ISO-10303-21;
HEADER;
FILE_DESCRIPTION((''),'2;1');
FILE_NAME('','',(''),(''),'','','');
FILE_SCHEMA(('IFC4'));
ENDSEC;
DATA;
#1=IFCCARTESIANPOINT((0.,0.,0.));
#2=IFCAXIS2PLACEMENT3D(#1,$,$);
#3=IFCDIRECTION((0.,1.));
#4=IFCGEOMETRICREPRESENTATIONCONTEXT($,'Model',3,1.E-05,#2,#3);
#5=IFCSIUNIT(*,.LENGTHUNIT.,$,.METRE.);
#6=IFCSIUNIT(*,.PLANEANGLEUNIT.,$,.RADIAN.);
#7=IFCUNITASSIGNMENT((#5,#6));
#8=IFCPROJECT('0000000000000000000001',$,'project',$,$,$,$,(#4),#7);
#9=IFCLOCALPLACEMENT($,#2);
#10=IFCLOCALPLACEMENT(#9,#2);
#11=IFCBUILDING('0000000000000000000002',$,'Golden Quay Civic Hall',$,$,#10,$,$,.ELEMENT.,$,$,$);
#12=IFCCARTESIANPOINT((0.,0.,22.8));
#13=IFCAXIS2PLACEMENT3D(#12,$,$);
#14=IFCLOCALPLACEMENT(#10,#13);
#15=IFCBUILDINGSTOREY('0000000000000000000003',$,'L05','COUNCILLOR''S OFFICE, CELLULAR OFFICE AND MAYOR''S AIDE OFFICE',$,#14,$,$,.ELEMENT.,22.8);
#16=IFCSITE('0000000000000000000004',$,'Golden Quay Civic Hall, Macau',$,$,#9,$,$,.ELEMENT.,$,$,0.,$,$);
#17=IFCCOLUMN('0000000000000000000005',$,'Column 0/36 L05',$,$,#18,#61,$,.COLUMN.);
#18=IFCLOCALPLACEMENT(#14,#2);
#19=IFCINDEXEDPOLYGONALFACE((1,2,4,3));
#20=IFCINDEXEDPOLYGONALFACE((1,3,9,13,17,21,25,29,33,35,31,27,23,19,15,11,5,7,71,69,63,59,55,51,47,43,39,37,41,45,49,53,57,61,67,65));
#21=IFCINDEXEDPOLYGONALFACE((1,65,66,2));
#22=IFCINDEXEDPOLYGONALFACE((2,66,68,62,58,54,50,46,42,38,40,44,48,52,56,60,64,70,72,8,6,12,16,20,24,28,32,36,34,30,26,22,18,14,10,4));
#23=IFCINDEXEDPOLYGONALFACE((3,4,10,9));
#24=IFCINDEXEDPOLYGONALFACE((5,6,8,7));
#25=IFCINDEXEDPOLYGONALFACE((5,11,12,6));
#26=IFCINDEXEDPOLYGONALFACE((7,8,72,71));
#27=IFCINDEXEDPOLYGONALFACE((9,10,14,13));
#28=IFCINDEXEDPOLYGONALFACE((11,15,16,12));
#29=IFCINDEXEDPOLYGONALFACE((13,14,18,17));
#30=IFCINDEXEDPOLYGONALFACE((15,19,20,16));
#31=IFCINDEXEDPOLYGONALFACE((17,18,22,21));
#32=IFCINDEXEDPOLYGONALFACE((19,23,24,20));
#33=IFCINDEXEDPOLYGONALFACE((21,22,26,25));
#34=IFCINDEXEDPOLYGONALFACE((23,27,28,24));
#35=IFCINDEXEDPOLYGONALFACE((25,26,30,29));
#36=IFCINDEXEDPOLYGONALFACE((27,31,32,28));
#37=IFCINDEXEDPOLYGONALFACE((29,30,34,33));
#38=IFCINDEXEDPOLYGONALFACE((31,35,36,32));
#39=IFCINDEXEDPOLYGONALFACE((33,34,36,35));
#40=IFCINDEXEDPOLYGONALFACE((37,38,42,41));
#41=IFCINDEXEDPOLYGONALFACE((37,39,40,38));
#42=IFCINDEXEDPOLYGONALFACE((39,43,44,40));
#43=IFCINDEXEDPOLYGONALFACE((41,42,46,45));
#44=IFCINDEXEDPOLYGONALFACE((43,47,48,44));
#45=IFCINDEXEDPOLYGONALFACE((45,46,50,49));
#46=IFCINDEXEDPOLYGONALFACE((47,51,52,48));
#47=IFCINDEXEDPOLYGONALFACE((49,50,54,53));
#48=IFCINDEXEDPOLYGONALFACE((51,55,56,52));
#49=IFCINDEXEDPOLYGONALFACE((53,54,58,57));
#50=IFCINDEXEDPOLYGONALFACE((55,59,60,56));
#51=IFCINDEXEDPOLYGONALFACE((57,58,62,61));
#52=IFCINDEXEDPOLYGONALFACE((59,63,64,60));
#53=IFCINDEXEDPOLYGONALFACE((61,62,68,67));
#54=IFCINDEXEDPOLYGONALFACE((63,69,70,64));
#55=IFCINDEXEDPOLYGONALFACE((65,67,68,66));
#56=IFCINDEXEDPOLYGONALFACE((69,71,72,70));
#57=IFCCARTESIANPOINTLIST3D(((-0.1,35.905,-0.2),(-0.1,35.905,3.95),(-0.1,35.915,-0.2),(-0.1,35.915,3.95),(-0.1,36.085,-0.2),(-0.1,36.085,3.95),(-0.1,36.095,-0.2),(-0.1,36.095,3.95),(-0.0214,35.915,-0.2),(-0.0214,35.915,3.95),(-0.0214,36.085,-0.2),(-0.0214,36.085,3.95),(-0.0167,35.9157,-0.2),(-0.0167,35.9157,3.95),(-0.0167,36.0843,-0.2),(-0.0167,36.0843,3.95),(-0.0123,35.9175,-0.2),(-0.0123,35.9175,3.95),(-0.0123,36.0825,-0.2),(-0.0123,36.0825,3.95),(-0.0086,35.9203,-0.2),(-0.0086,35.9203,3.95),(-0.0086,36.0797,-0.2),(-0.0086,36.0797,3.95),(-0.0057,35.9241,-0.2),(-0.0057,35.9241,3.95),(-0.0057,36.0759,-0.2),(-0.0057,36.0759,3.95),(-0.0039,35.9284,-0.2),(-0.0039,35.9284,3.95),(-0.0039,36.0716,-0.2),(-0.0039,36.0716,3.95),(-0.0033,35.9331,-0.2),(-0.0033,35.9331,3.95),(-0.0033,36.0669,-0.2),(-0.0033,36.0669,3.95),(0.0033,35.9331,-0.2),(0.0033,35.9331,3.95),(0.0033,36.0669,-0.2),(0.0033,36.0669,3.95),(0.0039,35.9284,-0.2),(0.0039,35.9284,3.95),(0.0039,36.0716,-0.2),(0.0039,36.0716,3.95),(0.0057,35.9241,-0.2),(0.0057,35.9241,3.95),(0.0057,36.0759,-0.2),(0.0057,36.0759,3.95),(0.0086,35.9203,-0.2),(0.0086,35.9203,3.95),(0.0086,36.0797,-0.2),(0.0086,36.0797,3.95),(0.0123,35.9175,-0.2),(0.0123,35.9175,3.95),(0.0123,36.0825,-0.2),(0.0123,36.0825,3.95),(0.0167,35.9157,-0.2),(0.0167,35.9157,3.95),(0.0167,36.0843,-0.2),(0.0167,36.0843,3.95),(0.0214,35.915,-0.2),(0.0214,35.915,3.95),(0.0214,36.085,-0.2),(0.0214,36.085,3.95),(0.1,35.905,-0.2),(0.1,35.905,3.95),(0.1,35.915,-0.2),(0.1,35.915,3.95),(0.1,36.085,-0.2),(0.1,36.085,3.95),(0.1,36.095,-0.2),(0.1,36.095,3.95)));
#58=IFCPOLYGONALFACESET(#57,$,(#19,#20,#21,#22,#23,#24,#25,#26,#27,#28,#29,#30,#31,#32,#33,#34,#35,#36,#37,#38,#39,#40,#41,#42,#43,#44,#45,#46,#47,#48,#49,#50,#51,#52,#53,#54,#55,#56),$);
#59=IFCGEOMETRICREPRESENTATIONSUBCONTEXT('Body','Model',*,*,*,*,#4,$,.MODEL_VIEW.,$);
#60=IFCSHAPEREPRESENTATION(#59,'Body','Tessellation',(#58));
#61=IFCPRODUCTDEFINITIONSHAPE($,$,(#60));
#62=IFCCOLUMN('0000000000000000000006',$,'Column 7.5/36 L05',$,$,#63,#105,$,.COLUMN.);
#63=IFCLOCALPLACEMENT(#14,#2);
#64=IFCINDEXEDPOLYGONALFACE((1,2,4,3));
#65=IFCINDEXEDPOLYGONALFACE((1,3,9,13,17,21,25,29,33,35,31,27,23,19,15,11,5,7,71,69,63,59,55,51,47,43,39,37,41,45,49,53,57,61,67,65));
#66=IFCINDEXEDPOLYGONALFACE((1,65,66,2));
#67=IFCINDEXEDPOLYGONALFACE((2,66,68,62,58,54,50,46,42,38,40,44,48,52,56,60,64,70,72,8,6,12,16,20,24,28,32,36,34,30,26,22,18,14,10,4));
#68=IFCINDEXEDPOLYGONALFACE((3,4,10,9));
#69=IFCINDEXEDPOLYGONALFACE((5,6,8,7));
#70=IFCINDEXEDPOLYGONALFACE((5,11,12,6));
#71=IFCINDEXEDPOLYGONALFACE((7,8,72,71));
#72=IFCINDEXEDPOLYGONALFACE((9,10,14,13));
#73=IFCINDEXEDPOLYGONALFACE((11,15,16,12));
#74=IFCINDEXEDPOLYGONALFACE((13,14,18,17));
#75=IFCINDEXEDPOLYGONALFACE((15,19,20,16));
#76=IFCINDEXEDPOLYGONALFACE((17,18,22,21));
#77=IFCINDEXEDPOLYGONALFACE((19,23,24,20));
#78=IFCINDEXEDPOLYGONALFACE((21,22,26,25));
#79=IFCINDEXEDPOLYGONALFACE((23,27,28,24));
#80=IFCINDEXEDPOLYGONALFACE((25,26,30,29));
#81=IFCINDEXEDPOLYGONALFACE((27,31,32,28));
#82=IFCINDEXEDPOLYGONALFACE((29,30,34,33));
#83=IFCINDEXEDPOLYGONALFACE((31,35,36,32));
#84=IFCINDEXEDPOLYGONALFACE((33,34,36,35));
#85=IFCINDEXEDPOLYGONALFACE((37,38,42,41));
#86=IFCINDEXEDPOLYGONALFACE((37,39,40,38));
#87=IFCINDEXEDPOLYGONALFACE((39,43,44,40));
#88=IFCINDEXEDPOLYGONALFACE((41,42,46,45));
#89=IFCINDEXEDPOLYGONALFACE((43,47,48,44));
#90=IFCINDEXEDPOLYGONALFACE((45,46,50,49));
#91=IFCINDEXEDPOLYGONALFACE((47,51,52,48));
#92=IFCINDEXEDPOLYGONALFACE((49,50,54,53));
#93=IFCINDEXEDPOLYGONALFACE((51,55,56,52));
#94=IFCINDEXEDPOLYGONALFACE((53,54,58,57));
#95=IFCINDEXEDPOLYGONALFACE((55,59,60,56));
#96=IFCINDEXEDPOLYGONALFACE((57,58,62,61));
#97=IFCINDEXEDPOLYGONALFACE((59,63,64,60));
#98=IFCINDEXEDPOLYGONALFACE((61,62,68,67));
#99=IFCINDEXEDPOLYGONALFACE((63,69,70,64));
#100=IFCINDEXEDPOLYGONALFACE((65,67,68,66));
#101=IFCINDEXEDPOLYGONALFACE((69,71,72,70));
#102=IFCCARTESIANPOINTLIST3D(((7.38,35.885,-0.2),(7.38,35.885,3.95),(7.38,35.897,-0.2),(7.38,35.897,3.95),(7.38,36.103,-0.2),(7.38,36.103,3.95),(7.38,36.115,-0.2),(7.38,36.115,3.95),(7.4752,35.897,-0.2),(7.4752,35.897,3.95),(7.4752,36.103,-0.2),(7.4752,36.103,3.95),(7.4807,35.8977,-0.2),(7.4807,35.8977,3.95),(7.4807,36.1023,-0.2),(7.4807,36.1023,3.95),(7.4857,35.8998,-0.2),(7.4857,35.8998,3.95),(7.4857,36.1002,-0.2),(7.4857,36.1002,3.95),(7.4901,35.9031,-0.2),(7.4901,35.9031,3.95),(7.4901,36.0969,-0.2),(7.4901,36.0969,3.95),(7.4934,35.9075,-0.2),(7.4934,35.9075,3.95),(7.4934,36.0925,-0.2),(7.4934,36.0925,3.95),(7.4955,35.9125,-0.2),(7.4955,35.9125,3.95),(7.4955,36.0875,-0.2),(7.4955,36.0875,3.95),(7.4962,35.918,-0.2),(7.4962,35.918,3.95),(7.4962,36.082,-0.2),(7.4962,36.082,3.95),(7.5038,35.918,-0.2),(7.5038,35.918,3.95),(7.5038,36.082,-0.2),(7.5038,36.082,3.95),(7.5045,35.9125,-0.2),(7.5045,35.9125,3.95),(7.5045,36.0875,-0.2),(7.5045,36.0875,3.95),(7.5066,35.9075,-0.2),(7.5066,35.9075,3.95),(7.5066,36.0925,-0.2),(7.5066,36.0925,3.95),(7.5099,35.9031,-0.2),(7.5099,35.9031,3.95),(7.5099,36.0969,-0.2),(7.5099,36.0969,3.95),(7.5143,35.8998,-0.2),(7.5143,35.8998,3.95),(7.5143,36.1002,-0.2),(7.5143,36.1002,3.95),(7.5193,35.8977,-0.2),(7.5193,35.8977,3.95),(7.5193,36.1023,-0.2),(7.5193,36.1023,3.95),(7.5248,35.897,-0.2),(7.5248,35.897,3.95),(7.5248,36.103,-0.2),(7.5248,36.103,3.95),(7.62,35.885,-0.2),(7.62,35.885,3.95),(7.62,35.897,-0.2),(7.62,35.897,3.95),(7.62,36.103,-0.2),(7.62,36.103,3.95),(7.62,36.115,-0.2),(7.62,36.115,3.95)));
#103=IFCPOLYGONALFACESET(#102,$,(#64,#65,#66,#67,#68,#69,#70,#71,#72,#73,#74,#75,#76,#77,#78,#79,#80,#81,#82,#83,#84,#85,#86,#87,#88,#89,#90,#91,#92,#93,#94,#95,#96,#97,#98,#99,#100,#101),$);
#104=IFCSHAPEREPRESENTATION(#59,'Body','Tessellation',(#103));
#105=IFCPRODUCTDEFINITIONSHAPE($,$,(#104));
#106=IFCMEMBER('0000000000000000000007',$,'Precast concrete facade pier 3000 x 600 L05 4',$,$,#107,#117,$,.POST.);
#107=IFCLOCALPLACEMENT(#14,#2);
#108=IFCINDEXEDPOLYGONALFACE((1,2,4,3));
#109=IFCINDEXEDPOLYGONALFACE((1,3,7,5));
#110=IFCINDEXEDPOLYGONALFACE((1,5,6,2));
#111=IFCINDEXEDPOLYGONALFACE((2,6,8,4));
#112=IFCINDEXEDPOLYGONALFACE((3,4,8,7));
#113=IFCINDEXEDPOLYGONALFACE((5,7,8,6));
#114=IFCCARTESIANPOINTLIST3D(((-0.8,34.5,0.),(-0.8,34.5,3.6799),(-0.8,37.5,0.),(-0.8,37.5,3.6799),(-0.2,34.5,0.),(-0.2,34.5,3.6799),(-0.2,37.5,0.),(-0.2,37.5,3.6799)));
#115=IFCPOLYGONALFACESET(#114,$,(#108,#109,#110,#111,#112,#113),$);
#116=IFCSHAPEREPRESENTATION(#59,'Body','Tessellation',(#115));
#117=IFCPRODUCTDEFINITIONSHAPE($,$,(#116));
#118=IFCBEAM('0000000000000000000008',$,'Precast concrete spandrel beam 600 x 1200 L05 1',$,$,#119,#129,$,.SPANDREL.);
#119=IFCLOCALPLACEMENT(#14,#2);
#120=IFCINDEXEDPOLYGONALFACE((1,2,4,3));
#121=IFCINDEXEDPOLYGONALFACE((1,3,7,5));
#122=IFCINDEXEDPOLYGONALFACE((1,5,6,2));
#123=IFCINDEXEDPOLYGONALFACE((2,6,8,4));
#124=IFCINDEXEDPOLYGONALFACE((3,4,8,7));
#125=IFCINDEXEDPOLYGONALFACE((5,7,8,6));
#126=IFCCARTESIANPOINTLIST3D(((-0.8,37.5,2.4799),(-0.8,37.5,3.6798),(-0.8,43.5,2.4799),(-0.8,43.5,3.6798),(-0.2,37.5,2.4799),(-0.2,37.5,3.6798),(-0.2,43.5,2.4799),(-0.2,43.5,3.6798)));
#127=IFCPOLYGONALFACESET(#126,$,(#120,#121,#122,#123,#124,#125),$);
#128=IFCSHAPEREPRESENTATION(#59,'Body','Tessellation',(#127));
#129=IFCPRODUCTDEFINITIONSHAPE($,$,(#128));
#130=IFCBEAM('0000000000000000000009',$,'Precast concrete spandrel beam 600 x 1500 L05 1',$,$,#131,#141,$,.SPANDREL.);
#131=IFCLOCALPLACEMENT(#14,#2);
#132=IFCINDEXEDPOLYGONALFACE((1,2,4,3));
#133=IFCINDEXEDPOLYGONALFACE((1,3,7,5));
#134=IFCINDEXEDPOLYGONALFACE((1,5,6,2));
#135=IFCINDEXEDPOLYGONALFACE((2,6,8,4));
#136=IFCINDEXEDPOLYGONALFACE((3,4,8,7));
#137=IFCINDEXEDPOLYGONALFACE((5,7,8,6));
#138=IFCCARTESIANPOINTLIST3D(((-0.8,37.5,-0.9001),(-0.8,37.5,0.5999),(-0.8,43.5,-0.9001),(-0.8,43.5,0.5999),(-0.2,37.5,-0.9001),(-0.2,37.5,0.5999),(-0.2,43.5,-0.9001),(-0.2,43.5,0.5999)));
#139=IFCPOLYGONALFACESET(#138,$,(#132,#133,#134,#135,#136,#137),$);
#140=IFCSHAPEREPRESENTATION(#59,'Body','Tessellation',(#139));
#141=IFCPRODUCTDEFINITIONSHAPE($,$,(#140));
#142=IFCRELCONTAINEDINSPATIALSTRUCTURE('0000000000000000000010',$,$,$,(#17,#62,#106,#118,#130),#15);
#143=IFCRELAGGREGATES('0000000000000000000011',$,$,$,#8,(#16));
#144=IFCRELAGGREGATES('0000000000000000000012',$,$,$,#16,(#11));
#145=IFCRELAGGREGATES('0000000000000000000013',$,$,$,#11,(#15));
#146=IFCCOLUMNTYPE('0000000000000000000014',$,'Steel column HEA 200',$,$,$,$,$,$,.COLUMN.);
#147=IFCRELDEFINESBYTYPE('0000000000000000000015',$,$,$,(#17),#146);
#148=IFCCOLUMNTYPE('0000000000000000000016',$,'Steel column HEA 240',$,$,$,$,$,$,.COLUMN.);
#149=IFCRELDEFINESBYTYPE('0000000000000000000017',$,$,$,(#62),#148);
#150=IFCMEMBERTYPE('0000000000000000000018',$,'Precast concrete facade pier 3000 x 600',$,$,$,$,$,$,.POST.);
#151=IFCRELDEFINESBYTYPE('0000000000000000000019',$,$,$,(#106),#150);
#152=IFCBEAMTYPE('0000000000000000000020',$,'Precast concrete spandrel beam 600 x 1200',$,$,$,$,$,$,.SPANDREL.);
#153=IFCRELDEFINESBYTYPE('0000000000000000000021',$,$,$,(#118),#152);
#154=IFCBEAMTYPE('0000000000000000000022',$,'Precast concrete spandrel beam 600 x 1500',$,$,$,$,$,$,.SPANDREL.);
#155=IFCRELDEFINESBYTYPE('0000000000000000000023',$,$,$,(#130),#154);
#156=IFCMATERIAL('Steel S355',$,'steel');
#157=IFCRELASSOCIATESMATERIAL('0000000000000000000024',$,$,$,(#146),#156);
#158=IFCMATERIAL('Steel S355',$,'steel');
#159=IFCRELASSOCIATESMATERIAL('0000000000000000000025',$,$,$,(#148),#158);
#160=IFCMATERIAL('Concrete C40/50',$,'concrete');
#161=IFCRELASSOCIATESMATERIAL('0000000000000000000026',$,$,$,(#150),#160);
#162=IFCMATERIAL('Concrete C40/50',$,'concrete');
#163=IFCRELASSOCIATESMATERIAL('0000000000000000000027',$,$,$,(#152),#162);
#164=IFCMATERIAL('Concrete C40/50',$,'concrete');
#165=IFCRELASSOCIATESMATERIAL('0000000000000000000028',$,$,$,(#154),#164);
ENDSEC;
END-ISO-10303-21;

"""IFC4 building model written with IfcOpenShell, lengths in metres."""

from ifc_helpers import new_model, si_unit, direction, frame, origin, origin_2d, place, context, subcontext, project, spatial, rectangle, i_section, extrude, material, material_profile, profile_set, type_object, element, save


model = new_model("IFC4")

# Units and contexts
model_context = context("Model", 3, precision=1e-05, world=origin(), true_north=direction((0.0, 1.0)))
body_context = subcontext(model_context, "Body", "Model", "MODEL_VIEW")
ifc_project = project(units=[si_unit("LENGTHUNIT", "METRE"), si_unit("PLANEANGLEUNIT", "RADIAN")], contexts=[model_context])

# Site, building, storey
site_placement = place(None, origin())
site = spatial("IfcSite", under=ifc_project, at=site_placement, Name="Golden Quay Civic Hall, Macau", CompositionType="ELEMENT", RefElevation=0.0)
building_placement = place(site_placement, origin())
building = spatial("IfcBuilding", under=site, at=building_placement, Name="Golden Quay Civic Hall", CompositionType="ELEMENT")
storey_placement = place(building_placement, frame((0.0, 0.0, 22.8)))
storey = spatial("IfcBuildingStorey", under=building, at=storey_placement, Name="L05", Description="COUNCILLOR'S OFFICE, CELLULAR OFFICE AND MAYOR'S AIDE OFFICE", CompositionType="ELEMENT", Elevation=22.8)

# Columns
ifc_material_1 = material(Name="Steel S355", Category="steel")
ifc_material_profile_1 = material_profile(ifc_material_1, i_section(OverallWidth=0.2, OverallDepth=0.1899, WebThickness=0.0066, FlangeThickness=0.01, FilletRadius=0.0181, at=origin_2d()), Name="HEA 200")
ifc_profile_set_1 = profile_set([ifc_material_profile_1], Name="Steel S355")
column_type_1 = type_object("IfcColumnType", Name="Steel column HEA 200", PredefinedType="COLUMN", material=ifc_profile_set_1)
column_1_placement = place(storey_placement, frame((0.0, 36.0, -0.2), z_axis=(0.0, 0.0, 1.0), x_axis=(1.0, 0.0, 0.0)))
element("IfcColumn", 1, at=column_1_placement, inside=storey, type_object=column_type_1, Name="Column 0/36 L05", PredefinedType="COLUMN", context=body_context, shape_type="SweptSolid", body=[
    extrude(i_section(OverallWidth=0.2, OverallDepth=0.1899, WebThickness=0.0066, FlangeThickness=0.01, FilletRadius=0.0181, at=origin_2d()), origin(), (0.0, 0.0, 1.0), 4.1499),
])
ifc_material_2 = material(Name="Steel S355", Category="steel")
ifc_material_profile_2 = material_profile(ifc_material_2, i_section(OverallWidth=0.24, OverallDepth=0.23, WebThickness=0.0076, FlangeThickness=0.012, FilletRadius=0.021, at=origin_2d()), Name="HEA 240")
ifc_profile_set_2 = profile_set([ifc_material_profile_2], Name="Steel S355")
column_type_2 = type_object("IfcColumnType", Name="Steel column HEA 240", PredefinedType="COLUMN", material=ifc_profile_set_2)
column_2_placement = place(storey_placement, frame((7.5, 36.0, -0.2), z_axis=(0.0, 0.0, 1.0), x_axis=(1.0, 0.0, 0.0)))
element("IfcColumn", 2, at=column_2_placement, inside=storey, type_object=column_type_2, Name="Column 7.5/36 L05", PredefinedType="COLUMN", context=body_context, shape_type="SweptSolid", body=[
    extrude(i_section(OverallWidth=0.24, OverallDepth=0.23, WebThickness=0.0076, FlangeThickness=0.012, FilletRadius=0.021, at=origin_2d()), origin(), (0.0, 0.0, 1.0), 4.1499),
])

# Member
ifc_material_3 = material(Name="Concrete C40/50", Category="concrete")
ifc_material_profile_3 = material_profile(ifc_material_3, rectangle(XDim=3.0, YDim=0.6001, at=origin_2d()), Name="RC 3000x600")
ifc_profile_set_3 = profile_set([ifc_material_profile_3], Name="Concrete C40/50")
member_type = type_object("IfcMemberType", Name="Precast concrete facade pier 3000 x 600", PredefinedType="POST", material=ifc_profile_set_3)
member_placement = place(storey_placement, frame((-0.5, 36.0, 0.0), z_axis=(0.0, 0.0, 1.0), x_axis=(0.0, 1.0, 0.0)))
element("IfcMember", 3, at=member_placement, inside=storey, type_object=member_type, Name="Precast concrete facade pier 3000 x 600 L05 4", PredefinedType="POST", context=body_context, shape_type="SweptSolid", body=[
    extrude(rectangle(XDim=3.0, YDim=0.6001, at=origin_2d()), origin(), (0.0, 0.0, 1.0), 3.6799),
])

# Beams
ifc_material_4 = material(Name="Concrete C40/50", Category="concrete")
ifc_material_profile_4 = material_profile(ifc_material_4, rectangle(XDim=0.6001, YDim=1.2, at=origin_2d()), Name="RC 600x1200")
ifc_profile_set_4 = profile_set([ifc_material_profile_4], Name="Concrete C40/50")
beam_type_1 = type_object("IfcBeamType", Name="Precast concrete spandrel beam 600 x 1200", PredefinedType="SPANDREL", material=ifc_profile_set_4)
beam_1_placement = place(storey_placement, frame((-0.5, 37.5, 3.0798), z_axis=(0.0, 1.0, 0.0), x_axis=(-1.0, 0.0, 0.0)))
element("IfcBeam", 4, at=beam_1_placement, inside=storey, type_object=beam_type_1, Name="Precast concrete spandrel beam 600 x 1200 L05 1", PredefinedType="SPANDREL", context=body_context, shape_type="SweptSolid", body=[
    extrude(rectangle(XDim=0.6001, YDim=1.2, at=origin_2d()), origin(), (0.0, 0.0, 1.0), 6.0),
])
ifc_material_5 = material(Name="Concrete C40/50", Category="concrete")
ifc_material_profile_5 = material_profile(ifc_material_5, rectangle(XDim=0.6001, YDim=1.5, at=origin_2d()), Name="RC 600x1500")
ifc_profile_set_5 = profile_set([ifc_material_profile_5], Name="Concrete C40/50")
beam_type_2 = type_object("IfcBeamType", Name="Precast concrete spandrel beam 600 x 1500", PredefinedType="SPANDREL", material=ifc_profile_set_5)
beam_2_placement = place(storey_placement, frame((-0.5, 37.5, -0.1501), z_axis=(0.0, 1.0, 0.0), x_axis=(-1.0, 0.0, 0.0)))
element("IfcBeam", 5, at=beam_2_placement, inside=storey, type_object=beam_type_2, Name="Precast concrete spandrel beam 600 x 1500 L05 1", PredefinedType="SPANDREL", context=body_context, shape_type="SweptSolid", body=[
    extrude(rectangle(XDim=0.6001, YDim=1.5, at=origin_2d()), origin(), (0.0, 0.0, 1.0), 6.0),
])

save(model, "model.ifc")
